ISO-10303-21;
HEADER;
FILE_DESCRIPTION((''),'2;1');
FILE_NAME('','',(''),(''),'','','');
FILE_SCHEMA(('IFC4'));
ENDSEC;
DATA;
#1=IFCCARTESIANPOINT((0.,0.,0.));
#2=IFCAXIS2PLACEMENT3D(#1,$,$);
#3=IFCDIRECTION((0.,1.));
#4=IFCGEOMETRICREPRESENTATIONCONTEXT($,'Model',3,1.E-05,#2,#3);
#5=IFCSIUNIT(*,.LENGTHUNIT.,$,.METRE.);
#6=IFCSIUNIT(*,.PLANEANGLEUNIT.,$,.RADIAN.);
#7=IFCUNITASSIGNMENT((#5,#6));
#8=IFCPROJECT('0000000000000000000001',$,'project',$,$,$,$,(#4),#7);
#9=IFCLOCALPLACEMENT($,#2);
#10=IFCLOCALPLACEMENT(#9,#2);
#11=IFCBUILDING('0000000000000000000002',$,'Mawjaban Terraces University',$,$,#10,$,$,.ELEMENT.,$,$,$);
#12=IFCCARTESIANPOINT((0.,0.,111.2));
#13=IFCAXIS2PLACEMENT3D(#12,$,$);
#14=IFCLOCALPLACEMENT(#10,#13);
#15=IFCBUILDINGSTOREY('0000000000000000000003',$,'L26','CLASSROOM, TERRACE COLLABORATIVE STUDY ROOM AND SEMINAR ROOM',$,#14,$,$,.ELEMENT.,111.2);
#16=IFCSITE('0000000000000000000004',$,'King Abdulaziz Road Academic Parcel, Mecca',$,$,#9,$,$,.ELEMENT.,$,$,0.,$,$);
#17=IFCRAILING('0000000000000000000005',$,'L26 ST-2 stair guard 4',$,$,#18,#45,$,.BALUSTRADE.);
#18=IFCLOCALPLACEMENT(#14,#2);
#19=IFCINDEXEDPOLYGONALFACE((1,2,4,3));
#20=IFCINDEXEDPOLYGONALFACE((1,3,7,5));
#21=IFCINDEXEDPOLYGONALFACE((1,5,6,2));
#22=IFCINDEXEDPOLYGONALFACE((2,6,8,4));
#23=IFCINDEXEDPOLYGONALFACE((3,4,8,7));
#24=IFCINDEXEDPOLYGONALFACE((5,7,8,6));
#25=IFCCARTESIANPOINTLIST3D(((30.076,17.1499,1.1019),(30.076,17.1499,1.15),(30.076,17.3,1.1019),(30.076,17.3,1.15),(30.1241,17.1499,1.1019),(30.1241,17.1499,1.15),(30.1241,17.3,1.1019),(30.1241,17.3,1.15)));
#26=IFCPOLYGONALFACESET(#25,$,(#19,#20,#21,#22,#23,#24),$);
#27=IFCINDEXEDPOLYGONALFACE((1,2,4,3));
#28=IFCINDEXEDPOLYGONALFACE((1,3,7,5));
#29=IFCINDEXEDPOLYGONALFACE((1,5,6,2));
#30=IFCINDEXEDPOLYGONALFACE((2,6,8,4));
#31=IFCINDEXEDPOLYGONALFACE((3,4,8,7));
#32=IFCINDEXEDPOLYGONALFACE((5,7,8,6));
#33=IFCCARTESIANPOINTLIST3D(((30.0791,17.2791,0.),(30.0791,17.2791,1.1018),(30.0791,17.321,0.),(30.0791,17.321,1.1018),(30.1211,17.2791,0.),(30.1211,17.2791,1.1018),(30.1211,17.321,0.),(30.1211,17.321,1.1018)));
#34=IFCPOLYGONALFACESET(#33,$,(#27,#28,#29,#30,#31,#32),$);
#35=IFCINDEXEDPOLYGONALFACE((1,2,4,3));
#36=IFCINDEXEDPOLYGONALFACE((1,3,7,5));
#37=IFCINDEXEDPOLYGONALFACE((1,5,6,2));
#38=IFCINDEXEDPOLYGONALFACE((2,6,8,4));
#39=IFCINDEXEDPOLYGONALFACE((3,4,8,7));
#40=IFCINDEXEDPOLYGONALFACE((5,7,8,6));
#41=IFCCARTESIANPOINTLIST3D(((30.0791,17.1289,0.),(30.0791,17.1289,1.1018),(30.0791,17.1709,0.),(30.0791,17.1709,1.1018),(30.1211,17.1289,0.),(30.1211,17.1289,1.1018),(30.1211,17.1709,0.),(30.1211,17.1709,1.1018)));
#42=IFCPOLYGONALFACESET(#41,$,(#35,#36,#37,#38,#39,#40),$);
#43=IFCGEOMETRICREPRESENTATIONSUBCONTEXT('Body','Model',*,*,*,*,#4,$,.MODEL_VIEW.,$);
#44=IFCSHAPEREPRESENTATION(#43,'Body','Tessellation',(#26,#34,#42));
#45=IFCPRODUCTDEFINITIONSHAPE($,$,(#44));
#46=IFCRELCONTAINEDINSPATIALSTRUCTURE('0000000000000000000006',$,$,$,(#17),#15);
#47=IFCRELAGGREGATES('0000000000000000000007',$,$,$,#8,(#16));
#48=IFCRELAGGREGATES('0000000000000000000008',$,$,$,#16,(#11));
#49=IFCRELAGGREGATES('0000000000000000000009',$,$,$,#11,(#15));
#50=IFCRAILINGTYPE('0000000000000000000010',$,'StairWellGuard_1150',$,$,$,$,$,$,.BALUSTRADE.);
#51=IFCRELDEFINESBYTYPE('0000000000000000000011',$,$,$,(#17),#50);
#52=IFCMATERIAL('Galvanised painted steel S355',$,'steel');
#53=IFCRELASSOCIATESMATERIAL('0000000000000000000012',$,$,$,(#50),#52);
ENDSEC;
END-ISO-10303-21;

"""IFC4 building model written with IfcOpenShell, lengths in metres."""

from ifc_helpers import new_model, si_unit, direction, frame, origin, origin_2d, place, context, subcontext, project, spatial, rectangle, extrude, material, type_object, element, save


model = new_model("IFC4")

# Units and contexts
model_context = context("Model", 3, precision=1e-05, world=origin(), true_north=direction((0.0, 1.0)))
body_context = subcontext(model_context, "Body", "Model", "MODEL_VIEW")
ifc_project = project(units=[si_unit("LENGTHUNIT", "METRE"), si_unit("PLANEANGLEUNIT", "RADIAN")], contexts=[model_context])

# Site, building, storey
site_placement = place(None, origin())
site = spatial("IfcSite", under=ifc_project, at=site_placement, Name="King Abdulaziz Road Academic Parcel, Mecca", CompositionType="ELEMENT", RefElevation=0.0)
building_placement = place(site_placement, origin())
building = spatial("IfcBuilding", under=site, at=building_placement, Name="Mawjaban Terraces University", CompositionType="ELEMENT")
storey_placement = place(building_placement, frame((0.0, 0.0, 111.2)))
storey = spatial("IfcBuildingStorey", under=building, at=storey_placement, Name="L26", Description="CLASSROOM, TERRACE COLLABORATIVE STUDY ROOM AND SEMINAR ROOM", CompositionType="ELEMENT", Elevation=111.2)

# Railing
ifc_material_1 = material(Name="Galvanised painted steel S355", Category="steel")
railing_type_1 = type_object("IfcRailingType", Name="StairWellGuard_1150", PredefinedType="BALUSTRADE", material=ifc_material_1)
railing_1_placement = place(storey_placement, frame((30.1001, 17.3, 0.0)))
element("IfcRailing", 1, at=railing_1_placement, inside=storey, type_object=railing_type_1, Name="L26 ST-2 stair guard 4", PredefinedType="BALUSTRADE", context=body_context, shape_type="SweptSolid", body=[
    extrude(rectangle(XDim=0.0481, YDim=0.0481, at=origin_2d()), frame((0.0, 0.0, 1.126), z_axis=(0.0, -1.0, 0.0), x_axis=(1.0, 0.0, 0.0)), (0.0, 0.0, 1.0), 0.1501),
    extrude(rectangle(XDim=0.042, YDim=0.042, at=origin_2d()), origin(), (0.0, 0.0, 1.0), 1.1018),
    extrude(rectangle(XDim=0.042, YDim=0.042, at=origin_2d()), frame((0.0, -0.1501, 0.0)), (0.0, 0.0, 1.0), 1.1018),
])

save(model, "model.ifc")
